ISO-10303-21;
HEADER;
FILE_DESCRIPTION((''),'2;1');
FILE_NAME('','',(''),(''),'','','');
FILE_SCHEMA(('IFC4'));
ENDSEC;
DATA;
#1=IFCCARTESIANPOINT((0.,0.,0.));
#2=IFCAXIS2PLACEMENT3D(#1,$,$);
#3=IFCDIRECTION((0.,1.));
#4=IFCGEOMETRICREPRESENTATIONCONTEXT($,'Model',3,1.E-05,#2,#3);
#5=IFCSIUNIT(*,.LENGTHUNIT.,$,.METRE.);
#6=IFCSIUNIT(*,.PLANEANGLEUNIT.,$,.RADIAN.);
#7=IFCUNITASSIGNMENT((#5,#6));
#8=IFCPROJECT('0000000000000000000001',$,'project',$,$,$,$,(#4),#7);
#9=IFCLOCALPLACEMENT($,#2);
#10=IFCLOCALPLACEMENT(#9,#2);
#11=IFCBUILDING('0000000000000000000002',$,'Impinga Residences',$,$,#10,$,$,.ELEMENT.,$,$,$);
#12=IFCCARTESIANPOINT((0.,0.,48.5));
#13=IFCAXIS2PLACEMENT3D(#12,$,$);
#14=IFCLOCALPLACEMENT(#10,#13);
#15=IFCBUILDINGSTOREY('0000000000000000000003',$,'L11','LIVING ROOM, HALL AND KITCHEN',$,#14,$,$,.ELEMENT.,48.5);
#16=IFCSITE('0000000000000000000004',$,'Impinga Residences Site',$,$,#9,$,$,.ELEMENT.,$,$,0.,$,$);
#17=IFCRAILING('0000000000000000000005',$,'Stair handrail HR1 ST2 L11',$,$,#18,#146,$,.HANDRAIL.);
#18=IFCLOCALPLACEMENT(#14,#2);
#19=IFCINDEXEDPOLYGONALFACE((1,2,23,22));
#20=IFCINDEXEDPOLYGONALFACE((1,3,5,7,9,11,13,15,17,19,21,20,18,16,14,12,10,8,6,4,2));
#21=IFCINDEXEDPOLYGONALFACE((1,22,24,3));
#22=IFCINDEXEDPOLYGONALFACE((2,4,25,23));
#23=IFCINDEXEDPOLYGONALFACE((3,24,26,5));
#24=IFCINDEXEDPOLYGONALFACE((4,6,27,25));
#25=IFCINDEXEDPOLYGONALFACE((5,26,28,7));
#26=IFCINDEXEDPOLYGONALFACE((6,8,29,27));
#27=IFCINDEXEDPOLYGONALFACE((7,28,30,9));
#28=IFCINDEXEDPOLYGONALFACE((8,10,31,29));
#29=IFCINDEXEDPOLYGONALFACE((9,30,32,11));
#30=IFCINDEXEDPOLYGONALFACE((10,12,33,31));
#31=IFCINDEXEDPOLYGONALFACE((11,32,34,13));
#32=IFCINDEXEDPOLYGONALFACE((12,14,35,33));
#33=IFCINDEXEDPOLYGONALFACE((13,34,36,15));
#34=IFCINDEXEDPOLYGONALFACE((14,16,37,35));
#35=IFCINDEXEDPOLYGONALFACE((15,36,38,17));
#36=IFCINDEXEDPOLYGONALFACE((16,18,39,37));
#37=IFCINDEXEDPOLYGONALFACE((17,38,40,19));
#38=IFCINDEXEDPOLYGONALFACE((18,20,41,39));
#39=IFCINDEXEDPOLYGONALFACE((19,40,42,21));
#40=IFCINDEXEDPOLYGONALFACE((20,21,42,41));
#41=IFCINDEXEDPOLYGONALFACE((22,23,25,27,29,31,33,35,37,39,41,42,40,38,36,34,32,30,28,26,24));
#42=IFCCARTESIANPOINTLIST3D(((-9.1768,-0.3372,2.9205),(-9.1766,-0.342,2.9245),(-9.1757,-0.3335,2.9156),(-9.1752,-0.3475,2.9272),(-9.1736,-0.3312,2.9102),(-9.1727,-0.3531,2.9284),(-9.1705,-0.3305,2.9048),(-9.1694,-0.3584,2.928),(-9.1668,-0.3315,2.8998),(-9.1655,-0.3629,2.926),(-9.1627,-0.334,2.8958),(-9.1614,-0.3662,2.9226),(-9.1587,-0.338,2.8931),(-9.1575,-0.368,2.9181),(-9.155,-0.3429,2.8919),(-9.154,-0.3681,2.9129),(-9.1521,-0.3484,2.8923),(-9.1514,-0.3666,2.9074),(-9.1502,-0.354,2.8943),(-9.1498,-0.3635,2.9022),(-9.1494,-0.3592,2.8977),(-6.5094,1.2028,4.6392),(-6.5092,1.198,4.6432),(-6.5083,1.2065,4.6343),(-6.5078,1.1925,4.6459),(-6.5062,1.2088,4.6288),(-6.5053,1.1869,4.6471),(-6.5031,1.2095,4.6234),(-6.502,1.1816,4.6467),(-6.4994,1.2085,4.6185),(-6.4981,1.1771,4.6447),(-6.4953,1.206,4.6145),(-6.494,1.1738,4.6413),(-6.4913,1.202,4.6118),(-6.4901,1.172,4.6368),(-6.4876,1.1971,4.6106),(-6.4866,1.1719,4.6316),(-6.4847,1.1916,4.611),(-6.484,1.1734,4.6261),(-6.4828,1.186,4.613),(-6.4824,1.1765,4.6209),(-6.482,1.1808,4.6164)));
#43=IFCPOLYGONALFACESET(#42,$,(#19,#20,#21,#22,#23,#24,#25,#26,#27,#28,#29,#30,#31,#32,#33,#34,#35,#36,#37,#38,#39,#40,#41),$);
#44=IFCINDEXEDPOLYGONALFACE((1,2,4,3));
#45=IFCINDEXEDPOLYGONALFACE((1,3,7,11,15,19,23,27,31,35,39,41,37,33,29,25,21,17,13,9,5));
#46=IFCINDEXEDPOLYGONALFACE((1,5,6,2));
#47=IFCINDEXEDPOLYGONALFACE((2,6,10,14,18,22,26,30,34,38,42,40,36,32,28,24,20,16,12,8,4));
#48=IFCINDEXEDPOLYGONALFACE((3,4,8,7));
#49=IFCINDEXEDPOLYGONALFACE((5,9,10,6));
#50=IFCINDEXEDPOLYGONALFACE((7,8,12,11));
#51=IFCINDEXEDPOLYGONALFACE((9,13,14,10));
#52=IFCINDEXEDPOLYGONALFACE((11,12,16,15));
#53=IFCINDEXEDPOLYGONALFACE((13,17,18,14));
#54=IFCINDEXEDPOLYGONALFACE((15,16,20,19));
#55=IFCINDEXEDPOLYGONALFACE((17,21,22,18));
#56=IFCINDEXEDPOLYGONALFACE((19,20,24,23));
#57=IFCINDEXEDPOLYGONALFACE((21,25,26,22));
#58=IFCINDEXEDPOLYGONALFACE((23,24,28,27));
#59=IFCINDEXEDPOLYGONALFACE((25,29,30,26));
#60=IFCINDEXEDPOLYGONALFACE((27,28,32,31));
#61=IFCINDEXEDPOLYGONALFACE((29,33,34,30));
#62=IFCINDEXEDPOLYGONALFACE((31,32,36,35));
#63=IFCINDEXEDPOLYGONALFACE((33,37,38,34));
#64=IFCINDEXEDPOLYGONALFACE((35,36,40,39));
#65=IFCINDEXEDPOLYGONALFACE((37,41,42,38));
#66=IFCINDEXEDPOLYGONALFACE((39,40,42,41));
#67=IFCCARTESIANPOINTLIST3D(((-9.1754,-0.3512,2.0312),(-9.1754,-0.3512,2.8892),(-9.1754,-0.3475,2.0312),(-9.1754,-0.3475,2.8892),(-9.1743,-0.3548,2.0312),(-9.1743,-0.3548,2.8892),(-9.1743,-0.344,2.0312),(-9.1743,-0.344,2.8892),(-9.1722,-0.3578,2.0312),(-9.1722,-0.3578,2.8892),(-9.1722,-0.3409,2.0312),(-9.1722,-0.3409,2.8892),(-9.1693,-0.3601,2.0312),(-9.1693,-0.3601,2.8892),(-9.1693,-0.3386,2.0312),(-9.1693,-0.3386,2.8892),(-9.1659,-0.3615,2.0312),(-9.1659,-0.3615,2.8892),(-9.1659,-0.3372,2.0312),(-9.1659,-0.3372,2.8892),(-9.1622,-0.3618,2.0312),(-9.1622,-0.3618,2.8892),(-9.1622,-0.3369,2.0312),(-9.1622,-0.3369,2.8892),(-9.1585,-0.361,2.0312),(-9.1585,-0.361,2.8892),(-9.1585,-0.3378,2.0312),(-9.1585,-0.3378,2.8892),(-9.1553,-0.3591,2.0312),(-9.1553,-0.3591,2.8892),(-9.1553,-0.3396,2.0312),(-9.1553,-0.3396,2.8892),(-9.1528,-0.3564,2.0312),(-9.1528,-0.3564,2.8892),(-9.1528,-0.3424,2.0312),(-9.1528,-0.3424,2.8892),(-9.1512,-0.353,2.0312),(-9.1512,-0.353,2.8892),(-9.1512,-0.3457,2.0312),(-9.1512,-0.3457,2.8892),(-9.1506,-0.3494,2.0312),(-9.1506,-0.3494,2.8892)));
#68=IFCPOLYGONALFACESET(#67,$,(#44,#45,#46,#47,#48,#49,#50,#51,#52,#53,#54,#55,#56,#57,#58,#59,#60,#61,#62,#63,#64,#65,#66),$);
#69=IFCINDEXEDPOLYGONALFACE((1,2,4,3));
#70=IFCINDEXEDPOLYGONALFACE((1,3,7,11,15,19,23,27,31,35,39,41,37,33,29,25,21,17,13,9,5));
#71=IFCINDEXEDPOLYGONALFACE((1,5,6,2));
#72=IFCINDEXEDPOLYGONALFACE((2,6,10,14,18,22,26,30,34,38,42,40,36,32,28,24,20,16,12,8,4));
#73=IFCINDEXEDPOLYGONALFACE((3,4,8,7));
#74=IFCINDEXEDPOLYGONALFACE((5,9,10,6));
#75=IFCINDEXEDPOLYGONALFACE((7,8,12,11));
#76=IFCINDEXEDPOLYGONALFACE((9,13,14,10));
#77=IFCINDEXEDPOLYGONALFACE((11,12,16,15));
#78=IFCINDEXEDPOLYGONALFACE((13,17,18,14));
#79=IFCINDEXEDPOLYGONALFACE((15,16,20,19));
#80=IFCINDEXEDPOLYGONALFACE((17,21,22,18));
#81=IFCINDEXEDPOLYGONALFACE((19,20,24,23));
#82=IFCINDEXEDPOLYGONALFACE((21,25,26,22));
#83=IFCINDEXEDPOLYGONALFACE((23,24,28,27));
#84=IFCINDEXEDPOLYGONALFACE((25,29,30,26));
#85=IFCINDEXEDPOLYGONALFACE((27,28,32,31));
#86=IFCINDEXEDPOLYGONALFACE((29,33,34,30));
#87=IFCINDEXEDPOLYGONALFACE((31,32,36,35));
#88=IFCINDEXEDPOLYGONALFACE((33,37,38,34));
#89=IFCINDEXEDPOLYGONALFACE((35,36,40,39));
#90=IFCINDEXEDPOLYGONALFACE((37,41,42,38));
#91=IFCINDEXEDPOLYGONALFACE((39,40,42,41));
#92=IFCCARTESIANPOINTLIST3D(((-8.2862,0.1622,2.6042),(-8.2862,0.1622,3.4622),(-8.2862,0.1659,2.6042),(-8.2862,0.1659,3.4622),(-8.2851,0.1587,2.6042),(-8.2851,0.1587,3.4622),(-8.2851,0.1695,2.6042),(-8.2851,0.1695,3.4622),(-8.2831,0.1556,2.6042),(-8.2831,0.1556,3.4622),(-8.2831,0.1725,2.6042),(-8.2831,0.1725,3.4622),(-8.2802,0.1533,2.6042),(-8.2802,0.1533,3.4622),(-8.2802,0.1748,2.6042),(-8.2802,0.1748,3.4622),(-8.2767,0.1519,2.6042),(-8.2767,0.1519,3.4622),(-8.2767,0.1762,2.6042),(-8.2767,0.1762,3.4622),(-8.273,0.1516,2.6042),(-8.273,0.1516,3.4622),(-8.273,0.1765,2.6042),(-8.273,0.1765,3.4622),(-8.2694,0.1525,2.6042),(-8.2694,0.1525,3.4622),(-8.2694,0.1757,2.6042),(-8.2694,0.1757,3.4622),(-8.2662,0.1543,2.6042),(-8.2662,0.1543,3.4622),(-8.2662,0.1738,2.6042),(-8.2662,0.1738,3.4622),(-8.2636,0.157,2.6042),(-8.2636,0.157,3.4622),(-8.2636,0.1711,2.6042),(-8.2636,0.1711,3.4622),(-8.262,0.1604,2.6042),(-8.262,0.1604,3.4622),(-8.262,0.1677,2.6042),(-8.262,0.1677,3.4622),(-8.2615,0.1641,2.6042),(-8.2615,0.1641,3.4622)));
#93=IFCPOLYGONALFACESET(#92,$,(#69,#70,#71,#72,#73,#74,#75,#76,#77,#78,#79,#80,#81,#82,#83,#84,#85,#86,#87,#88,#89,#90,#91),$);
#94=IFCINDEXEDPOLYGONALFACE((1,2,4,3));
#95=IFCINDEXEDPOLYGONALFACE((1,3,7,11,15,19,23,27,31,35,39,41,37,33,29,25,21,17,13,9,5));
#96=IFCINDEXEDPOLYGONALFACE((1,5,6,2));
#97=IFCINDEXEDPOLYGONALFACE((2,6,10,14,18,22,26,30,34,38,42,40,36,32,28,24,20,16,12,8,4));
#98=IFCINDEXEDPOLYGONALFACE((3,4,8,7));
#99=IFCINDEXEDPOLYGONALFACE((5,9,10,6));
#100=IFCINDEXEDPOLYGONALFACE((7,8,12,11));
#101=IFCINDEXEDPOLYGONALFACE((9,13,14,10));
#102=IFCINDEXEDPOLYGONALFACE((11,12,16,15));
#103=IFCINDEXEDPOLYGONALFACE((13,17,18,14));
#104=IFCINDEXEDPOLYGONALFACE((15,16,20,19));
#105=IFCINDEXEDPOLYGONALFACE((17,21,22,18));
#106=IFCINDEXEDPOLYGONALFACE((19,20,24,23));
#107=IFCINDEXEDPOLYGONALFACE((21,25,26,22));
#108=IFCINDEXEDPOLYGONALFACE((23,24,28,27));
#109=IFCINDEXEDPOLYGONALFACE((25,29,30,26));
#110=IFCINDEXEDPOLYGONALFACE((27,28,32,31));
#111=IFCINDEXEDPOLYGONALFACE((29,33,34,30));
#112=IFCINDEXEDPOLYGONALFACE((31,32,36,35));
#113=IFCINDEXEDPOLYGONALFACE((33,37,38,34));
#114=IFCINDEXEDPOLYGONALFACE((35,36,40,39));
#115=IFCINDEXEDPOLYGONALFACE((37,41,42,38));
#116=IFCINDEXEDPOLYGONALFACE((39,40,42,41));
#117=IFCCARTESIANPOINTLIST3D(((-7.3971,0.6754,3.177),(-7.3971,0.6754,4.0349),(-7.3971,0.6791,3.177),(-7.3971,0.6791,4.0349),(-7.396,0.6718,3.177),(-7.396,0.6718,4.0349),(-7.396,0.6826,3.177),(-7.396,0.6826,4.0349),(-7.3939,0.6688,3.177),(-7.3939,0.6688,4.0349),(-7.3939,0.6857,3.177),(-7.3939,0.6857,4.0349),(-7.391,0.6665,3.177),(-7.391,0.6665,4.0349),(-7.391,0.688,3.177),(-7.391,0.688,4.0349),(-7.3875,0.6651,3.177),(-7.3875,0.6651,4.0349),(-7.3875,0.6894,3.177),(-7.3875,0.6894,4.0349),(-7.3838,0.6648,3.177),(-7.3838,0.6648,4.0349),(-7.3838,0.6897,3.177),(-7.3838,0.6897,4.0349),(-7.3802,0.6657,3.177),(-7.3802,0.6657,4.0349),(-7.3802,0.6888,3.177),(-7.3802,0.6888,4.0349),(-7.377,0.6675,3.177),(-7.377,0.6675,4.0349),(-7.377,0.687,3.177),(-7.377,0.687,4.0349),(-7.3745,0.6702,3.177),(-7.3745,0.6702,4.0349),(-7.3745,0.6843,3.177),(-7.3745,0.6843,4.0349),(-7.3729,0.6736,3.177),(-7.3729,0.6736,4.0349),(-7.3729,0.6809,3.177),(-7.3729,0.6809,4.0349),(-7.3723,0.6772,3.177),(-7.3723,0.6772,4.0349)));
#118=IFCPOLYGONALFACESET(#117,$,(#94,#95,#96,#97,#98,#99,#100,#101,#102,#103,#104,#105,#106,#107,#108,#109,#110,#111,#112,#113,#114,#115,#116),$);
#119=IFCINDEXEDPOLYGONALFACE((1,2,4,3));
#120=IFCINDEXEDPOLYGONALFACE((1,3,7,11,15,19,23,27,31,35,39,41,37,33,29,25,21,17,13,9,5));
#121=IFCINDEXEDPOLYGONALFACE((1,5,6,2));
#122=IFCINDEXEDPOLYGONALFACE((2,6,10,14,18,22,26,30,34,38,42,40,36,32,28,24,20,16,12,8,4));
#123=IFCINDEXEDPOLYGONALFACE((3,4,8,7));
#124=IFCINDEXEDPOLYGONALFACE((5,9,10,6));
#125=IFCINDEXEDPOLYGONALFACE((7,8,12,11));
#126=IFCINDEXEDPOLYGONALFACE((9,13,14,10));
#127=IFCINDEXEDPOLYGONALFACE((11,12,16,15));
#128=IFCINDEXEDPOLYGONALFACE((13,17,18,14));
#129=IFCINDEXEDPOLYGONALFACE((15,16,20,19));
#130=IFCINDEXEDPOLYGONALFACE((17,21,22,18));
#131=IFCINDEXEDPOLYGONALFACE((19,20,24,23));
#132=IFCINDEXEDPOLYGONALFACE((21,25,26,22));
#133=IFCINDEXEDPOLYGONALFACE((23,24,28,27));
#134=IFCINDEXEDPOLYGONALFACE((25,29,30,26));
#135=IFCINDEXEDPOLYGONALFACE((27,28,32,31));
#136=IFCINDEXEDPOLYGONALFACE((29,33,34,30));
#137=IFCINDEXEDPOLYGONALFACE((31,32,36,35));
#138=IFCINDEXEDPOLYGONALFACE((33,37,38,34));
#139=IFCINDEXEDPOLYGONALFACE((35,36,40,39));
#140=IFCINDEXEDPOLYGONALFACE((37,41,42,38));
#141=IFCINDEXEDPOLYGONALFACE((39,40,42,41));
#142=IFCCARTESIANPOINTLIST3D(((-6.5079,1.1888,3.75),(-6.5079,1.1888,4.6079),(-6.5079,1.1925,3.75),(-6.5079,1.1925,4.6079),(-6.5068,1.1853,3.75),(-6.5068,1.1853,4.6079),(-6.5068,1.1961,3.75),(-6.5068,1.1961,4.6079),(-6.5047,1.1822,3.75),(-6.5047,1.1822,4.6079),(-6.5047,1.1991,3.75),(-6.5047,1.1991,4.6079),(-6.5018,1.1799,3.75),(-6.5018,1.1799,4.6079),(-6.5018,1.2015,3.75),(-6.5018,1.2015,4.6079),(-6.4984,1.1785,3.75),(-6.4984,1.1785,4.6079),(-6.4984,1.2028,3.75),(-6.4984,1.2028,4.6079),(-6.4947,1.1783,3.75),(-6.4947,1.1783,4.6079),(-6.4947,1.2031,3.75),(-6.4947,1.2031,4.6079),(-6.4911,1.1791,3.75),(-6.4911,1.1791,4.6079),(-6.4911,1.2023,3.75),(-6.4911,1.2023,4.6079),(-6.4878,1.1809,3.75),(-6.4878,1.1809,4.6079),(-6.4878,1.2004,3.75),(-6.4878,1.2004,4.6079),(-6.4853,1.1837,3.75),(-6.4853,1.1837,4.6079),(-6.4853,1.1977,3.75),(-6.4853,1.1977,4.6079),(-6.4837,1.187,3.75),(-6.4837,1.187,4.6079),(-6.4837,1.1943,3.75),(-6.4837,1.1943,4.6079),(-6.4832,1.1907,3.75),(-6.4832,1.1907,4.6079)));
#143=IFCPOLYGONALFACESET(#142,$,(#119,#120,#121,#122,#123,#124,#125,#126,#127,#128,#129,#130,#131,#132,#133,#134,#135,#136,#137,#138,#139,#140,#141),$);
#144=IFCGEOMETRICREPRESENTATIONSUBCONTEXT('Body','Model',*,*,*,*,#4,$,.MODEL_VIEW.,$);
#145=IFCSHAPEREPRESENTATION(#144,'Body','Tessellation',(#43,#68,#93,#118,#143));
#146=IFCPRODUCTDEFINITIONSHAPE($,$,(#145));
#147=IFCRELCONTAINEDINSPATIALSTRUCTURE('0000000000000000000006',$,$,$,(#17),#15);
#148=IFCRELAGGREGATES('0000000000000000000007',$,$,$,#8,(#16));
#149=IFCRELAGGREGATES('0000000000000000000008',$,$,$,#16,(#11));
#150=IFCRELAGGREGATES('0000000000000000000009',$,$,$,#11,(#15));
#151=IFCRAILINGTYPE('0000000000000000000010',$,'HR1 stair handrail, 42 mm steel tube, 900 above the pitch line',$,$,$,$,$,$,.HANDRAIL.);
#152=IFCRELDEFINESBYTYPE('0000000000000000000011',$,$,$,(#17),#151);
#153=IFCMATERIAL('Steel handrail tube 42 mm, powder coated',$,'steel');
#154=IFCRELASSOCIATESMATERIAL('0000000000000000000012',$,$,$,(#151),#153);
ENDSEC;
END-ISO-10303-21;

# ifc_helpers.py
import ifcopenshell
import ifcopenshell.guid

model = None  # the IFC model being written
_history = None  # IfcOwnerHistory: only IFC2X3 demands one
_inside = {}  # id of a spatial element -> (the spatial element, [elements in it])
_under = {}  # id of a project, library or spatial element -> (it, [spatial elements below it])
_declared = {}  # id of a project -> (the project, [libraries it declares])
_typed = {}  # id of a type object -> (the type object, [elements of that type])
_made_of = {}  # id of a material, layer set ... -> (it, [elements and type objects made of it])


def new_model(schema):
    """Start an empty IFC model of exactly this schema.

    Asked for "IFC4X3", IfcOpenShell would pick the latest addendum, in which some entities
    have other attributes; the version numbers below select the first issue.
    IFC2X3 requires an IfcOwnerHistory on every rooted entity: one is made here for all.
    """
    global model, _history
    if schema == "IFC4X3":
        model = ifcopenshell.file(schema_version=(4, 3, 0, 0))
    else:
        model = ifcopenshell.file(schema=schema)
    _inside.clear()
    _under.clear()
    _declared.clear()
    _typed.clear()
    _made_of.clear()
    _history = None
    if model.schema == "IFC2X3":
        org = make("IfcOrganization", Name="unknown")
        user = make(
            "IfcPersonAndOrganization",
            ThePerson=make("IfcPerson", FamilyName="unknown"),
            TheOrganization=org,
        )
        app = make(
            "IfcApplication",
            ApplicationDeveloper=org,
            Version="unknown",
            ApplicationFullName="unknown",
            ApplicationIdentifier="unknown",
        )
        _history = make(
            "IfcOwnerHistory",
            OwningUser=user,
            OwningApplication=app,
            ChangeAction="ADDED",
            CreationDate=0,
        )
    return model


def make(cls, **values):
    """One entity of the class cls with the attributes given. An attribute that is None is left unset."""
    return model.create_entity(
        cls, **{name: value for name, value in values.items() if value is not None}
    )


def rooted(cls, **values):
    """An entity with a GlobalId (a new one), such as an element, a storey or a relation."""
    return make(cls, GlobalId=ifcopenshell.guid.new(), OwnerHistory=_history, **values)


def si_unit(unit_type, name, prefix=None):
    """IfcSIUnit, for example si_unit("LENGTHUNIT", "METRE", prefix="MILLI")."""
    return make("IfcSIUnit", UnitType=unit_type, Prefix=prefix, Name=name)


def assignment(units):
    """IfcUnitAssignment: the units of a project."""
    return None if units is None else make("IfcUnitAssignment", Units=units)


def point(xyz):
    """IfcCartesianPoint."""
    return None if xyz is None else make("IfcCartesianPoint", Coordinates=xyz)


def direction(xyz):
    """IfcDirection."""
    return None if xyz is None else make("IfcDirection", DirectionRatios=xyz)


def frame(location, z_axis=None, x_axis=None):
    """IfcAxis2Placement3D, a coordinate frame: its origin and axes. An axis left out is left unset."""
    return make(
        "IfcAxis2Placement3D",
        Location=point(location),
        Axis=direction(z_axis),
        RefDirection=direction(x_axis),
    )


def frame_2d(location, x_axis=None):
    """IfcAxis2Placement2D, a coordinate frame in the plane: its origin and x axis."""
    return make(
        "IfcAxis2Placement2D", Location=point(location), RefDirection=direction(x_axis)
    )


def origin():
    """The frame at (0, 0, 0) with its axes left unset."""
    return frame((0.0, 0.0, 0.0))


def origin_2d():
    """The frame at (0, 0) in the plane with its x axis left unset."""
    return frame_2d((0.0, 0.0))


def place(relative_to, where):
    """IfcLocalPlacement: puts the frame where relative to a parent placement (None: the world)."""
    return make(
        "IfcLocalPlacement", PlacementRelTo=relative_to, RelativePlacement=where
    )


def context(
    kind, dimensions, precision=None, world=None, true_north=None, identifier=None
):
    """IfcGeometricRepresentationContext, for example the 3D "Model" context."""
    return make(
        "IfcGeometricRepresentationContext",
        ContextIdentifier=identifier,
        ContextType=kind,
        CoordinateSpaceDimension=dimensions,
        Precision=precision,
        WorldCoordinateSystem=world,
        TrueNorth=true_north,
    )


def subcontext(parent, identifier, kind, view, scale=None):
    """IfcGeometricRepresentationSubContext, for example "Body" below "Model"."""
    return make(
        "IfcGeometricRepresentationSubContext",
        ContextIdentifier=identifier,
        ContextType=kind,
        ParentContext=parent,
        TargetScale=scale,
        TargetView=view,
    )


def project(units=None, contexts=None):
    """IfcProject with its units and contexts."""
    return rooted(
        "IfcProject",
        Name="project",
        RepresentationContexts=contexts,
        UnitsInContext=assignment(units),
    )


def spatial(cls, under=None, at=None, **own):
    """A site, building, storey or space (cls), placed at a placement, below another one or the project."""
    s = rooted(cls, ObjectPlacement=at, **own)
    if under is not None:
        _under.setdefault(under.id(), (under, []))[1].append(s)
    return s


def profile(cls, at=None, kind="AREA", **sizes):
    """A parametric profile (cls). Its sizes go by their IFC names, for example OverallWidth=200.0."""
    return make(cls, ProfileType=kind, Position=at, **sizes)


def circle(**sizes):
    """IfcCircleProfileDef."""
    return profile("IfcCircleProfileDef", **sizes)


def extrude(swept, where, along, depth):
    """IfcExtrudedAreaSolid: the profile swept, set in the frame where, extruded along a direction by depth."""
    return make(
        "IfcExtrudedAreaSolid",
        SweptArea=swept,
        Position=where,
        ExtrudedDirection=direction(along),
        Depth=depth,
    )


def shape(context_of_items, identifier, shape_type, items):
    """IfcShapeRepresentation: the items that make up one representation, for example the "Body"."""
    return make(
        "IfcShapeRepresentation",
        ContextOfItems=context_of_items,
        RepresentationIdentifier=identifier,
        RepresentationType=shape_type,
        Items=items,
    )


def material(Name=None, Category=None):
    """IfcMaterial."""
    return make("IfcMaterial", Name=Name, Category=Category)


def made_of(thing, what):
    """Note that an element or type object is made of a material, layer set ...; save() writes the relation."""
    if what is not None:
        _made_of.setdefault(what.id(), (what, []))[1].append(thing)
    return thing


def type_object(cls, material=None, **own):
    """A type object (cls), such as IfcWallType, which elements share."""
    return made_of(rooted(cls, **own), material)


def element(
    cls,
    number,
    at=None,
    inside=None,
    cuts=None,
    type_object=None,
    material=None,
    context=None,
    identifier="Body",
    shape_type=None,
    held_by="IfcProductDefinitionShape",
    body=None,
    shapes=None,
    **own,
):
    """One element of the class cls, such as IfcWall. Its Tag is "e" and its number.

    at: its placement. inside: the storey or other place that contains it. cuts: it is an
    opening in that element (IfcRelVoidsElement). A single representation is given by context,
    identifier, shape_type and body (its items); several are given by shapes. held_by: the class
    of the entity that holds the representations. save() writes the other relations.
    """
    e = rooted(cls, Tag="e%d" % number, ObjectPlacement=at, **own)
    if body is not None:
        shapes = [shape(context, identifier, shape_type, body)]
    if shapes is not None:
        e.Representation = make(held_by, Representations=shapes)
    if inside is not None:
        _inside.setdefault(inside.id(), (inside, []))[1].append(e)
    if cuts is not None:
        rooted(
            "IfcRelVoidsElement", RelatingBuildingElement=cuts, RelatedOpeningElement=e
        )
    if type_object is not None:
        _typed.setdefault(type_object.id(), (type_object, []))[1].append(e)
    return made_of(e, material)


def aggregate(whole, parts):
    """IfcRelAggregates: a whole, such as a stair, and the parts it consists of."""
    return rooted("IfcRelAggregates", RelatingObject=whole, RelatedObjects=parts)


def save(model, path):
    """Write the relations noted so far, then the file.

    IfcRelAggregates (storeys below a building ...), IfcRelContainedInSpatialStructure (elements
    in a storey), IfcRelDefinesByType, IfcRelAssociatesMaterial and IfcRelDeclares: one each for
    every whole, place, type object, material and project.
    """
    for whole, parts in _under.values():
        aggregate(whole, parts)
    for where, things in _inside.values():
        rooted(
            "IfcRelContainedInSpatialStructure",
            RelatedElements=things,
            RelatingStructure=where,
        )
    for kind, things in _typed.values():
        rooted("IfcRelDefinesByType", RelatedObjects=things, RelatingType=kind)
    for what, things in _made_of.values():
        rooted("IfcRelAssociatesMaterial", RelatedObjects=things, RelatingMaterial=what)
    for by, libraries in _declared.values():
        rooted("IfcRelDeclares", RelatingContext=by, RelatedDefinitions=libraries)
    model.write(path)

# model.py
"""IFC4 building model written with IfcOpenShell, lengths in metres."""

from ifc_helpers import new_model, si_unit, direction, frame, origin, origin_2d, place, context, subcontext, project, spatial, circle, extrude, material, type_object, element, save


model = new_model("IFC4")

# Units and contexts
model_context = context("Model", 3, precision=1e-05, world=origin(), true_north=direction((0.0, 1.0)))
body_context = subcontext(model_context, "Body", "Model", "MODEL_VIEW")
ifc_project = project(units=[si_unit("LENGTHUNIT", "METRE"), si_unit("PLANEANGLEUNIT", "RADIAN")], contexts=[model_context])

# Site, building, storey
site_placement = place(None, origin())
site = spatial("IfcSite", under=ifc_project, at=site_placement, Name="Impinga Residences Site", CompositionType="ELEMENT", RefElevation=0.0)
building_placement = place(site_placement, origin())
building = spatial("IfcBuilding", under=site, at=building_placement, Name="Impinga Residences", CompositionType="ELEMENT")
storey_placement = place(building_placement, frame((0.0, 0.0, 48.5)))
storey = spatial("IfcBuildingStorey", under=building, at=storey_placement, Name="L11", Description="LIVING ROOM, HALL AND KITCHEN", CompositionType="ELEMENT", Elevation=48.5)

# Railing
ifc_material_1 = material(Name="Steel handrail tube 42 mm, powder coated", Category="steel")
railing_type_1 = type_object("IfcRailingType", Name="HR1 stair handrail, 42 mm steel tube, 900 above the pitch line", PredefinedType="HANDRAIL", material=ifc_material_1)
railing_1_placement = place(storey_placement, frame((-9.1631, -0.3494, 2.0312)))
element("IfcRailing", 1, at=railing_1_placement, inside=storey, type_object=railing_type_1, Name="Stair handrail HR1 ST2 L11", PredefinedType="HANDRAIL", context=body_context, shape_type="SweptSolid", body=[
    extrude(circle(Radius=0.021, at=origin_2d()), frame((0.0, 0.0, 0.8789), z_axis=(0.756256, 0.436616, 0.487282), x_axis=(-0.499992, 0.86603, 0.0)), (0.0, 0.0, 1.0), 3.5271),
    extrude(circle(Radius=0.0125, at=origin_2d()), origin(), (0.0, 0.0, 1.0), 0.8579),
    extrude(circle(Radius=0.0125, at=origin_2d()), frame((0.8892, 0.5134, 0.573)), (0.0, 0.0, 1.0), 0.8579),
    extrude(circle(Radius=0.0125, at=origin_2d()), frame((1.7783, 1.0266, 1.1458)), (0.0, 0.0, 1.0), 0.8579),
    extrude(circle(Radius=0.0125, at=origin_2d()), frame((2.6675, 1.54, 1.7188)), (0.0, 0.0, 1.0), 0.8579),
])

save(model, "model.ifc")
